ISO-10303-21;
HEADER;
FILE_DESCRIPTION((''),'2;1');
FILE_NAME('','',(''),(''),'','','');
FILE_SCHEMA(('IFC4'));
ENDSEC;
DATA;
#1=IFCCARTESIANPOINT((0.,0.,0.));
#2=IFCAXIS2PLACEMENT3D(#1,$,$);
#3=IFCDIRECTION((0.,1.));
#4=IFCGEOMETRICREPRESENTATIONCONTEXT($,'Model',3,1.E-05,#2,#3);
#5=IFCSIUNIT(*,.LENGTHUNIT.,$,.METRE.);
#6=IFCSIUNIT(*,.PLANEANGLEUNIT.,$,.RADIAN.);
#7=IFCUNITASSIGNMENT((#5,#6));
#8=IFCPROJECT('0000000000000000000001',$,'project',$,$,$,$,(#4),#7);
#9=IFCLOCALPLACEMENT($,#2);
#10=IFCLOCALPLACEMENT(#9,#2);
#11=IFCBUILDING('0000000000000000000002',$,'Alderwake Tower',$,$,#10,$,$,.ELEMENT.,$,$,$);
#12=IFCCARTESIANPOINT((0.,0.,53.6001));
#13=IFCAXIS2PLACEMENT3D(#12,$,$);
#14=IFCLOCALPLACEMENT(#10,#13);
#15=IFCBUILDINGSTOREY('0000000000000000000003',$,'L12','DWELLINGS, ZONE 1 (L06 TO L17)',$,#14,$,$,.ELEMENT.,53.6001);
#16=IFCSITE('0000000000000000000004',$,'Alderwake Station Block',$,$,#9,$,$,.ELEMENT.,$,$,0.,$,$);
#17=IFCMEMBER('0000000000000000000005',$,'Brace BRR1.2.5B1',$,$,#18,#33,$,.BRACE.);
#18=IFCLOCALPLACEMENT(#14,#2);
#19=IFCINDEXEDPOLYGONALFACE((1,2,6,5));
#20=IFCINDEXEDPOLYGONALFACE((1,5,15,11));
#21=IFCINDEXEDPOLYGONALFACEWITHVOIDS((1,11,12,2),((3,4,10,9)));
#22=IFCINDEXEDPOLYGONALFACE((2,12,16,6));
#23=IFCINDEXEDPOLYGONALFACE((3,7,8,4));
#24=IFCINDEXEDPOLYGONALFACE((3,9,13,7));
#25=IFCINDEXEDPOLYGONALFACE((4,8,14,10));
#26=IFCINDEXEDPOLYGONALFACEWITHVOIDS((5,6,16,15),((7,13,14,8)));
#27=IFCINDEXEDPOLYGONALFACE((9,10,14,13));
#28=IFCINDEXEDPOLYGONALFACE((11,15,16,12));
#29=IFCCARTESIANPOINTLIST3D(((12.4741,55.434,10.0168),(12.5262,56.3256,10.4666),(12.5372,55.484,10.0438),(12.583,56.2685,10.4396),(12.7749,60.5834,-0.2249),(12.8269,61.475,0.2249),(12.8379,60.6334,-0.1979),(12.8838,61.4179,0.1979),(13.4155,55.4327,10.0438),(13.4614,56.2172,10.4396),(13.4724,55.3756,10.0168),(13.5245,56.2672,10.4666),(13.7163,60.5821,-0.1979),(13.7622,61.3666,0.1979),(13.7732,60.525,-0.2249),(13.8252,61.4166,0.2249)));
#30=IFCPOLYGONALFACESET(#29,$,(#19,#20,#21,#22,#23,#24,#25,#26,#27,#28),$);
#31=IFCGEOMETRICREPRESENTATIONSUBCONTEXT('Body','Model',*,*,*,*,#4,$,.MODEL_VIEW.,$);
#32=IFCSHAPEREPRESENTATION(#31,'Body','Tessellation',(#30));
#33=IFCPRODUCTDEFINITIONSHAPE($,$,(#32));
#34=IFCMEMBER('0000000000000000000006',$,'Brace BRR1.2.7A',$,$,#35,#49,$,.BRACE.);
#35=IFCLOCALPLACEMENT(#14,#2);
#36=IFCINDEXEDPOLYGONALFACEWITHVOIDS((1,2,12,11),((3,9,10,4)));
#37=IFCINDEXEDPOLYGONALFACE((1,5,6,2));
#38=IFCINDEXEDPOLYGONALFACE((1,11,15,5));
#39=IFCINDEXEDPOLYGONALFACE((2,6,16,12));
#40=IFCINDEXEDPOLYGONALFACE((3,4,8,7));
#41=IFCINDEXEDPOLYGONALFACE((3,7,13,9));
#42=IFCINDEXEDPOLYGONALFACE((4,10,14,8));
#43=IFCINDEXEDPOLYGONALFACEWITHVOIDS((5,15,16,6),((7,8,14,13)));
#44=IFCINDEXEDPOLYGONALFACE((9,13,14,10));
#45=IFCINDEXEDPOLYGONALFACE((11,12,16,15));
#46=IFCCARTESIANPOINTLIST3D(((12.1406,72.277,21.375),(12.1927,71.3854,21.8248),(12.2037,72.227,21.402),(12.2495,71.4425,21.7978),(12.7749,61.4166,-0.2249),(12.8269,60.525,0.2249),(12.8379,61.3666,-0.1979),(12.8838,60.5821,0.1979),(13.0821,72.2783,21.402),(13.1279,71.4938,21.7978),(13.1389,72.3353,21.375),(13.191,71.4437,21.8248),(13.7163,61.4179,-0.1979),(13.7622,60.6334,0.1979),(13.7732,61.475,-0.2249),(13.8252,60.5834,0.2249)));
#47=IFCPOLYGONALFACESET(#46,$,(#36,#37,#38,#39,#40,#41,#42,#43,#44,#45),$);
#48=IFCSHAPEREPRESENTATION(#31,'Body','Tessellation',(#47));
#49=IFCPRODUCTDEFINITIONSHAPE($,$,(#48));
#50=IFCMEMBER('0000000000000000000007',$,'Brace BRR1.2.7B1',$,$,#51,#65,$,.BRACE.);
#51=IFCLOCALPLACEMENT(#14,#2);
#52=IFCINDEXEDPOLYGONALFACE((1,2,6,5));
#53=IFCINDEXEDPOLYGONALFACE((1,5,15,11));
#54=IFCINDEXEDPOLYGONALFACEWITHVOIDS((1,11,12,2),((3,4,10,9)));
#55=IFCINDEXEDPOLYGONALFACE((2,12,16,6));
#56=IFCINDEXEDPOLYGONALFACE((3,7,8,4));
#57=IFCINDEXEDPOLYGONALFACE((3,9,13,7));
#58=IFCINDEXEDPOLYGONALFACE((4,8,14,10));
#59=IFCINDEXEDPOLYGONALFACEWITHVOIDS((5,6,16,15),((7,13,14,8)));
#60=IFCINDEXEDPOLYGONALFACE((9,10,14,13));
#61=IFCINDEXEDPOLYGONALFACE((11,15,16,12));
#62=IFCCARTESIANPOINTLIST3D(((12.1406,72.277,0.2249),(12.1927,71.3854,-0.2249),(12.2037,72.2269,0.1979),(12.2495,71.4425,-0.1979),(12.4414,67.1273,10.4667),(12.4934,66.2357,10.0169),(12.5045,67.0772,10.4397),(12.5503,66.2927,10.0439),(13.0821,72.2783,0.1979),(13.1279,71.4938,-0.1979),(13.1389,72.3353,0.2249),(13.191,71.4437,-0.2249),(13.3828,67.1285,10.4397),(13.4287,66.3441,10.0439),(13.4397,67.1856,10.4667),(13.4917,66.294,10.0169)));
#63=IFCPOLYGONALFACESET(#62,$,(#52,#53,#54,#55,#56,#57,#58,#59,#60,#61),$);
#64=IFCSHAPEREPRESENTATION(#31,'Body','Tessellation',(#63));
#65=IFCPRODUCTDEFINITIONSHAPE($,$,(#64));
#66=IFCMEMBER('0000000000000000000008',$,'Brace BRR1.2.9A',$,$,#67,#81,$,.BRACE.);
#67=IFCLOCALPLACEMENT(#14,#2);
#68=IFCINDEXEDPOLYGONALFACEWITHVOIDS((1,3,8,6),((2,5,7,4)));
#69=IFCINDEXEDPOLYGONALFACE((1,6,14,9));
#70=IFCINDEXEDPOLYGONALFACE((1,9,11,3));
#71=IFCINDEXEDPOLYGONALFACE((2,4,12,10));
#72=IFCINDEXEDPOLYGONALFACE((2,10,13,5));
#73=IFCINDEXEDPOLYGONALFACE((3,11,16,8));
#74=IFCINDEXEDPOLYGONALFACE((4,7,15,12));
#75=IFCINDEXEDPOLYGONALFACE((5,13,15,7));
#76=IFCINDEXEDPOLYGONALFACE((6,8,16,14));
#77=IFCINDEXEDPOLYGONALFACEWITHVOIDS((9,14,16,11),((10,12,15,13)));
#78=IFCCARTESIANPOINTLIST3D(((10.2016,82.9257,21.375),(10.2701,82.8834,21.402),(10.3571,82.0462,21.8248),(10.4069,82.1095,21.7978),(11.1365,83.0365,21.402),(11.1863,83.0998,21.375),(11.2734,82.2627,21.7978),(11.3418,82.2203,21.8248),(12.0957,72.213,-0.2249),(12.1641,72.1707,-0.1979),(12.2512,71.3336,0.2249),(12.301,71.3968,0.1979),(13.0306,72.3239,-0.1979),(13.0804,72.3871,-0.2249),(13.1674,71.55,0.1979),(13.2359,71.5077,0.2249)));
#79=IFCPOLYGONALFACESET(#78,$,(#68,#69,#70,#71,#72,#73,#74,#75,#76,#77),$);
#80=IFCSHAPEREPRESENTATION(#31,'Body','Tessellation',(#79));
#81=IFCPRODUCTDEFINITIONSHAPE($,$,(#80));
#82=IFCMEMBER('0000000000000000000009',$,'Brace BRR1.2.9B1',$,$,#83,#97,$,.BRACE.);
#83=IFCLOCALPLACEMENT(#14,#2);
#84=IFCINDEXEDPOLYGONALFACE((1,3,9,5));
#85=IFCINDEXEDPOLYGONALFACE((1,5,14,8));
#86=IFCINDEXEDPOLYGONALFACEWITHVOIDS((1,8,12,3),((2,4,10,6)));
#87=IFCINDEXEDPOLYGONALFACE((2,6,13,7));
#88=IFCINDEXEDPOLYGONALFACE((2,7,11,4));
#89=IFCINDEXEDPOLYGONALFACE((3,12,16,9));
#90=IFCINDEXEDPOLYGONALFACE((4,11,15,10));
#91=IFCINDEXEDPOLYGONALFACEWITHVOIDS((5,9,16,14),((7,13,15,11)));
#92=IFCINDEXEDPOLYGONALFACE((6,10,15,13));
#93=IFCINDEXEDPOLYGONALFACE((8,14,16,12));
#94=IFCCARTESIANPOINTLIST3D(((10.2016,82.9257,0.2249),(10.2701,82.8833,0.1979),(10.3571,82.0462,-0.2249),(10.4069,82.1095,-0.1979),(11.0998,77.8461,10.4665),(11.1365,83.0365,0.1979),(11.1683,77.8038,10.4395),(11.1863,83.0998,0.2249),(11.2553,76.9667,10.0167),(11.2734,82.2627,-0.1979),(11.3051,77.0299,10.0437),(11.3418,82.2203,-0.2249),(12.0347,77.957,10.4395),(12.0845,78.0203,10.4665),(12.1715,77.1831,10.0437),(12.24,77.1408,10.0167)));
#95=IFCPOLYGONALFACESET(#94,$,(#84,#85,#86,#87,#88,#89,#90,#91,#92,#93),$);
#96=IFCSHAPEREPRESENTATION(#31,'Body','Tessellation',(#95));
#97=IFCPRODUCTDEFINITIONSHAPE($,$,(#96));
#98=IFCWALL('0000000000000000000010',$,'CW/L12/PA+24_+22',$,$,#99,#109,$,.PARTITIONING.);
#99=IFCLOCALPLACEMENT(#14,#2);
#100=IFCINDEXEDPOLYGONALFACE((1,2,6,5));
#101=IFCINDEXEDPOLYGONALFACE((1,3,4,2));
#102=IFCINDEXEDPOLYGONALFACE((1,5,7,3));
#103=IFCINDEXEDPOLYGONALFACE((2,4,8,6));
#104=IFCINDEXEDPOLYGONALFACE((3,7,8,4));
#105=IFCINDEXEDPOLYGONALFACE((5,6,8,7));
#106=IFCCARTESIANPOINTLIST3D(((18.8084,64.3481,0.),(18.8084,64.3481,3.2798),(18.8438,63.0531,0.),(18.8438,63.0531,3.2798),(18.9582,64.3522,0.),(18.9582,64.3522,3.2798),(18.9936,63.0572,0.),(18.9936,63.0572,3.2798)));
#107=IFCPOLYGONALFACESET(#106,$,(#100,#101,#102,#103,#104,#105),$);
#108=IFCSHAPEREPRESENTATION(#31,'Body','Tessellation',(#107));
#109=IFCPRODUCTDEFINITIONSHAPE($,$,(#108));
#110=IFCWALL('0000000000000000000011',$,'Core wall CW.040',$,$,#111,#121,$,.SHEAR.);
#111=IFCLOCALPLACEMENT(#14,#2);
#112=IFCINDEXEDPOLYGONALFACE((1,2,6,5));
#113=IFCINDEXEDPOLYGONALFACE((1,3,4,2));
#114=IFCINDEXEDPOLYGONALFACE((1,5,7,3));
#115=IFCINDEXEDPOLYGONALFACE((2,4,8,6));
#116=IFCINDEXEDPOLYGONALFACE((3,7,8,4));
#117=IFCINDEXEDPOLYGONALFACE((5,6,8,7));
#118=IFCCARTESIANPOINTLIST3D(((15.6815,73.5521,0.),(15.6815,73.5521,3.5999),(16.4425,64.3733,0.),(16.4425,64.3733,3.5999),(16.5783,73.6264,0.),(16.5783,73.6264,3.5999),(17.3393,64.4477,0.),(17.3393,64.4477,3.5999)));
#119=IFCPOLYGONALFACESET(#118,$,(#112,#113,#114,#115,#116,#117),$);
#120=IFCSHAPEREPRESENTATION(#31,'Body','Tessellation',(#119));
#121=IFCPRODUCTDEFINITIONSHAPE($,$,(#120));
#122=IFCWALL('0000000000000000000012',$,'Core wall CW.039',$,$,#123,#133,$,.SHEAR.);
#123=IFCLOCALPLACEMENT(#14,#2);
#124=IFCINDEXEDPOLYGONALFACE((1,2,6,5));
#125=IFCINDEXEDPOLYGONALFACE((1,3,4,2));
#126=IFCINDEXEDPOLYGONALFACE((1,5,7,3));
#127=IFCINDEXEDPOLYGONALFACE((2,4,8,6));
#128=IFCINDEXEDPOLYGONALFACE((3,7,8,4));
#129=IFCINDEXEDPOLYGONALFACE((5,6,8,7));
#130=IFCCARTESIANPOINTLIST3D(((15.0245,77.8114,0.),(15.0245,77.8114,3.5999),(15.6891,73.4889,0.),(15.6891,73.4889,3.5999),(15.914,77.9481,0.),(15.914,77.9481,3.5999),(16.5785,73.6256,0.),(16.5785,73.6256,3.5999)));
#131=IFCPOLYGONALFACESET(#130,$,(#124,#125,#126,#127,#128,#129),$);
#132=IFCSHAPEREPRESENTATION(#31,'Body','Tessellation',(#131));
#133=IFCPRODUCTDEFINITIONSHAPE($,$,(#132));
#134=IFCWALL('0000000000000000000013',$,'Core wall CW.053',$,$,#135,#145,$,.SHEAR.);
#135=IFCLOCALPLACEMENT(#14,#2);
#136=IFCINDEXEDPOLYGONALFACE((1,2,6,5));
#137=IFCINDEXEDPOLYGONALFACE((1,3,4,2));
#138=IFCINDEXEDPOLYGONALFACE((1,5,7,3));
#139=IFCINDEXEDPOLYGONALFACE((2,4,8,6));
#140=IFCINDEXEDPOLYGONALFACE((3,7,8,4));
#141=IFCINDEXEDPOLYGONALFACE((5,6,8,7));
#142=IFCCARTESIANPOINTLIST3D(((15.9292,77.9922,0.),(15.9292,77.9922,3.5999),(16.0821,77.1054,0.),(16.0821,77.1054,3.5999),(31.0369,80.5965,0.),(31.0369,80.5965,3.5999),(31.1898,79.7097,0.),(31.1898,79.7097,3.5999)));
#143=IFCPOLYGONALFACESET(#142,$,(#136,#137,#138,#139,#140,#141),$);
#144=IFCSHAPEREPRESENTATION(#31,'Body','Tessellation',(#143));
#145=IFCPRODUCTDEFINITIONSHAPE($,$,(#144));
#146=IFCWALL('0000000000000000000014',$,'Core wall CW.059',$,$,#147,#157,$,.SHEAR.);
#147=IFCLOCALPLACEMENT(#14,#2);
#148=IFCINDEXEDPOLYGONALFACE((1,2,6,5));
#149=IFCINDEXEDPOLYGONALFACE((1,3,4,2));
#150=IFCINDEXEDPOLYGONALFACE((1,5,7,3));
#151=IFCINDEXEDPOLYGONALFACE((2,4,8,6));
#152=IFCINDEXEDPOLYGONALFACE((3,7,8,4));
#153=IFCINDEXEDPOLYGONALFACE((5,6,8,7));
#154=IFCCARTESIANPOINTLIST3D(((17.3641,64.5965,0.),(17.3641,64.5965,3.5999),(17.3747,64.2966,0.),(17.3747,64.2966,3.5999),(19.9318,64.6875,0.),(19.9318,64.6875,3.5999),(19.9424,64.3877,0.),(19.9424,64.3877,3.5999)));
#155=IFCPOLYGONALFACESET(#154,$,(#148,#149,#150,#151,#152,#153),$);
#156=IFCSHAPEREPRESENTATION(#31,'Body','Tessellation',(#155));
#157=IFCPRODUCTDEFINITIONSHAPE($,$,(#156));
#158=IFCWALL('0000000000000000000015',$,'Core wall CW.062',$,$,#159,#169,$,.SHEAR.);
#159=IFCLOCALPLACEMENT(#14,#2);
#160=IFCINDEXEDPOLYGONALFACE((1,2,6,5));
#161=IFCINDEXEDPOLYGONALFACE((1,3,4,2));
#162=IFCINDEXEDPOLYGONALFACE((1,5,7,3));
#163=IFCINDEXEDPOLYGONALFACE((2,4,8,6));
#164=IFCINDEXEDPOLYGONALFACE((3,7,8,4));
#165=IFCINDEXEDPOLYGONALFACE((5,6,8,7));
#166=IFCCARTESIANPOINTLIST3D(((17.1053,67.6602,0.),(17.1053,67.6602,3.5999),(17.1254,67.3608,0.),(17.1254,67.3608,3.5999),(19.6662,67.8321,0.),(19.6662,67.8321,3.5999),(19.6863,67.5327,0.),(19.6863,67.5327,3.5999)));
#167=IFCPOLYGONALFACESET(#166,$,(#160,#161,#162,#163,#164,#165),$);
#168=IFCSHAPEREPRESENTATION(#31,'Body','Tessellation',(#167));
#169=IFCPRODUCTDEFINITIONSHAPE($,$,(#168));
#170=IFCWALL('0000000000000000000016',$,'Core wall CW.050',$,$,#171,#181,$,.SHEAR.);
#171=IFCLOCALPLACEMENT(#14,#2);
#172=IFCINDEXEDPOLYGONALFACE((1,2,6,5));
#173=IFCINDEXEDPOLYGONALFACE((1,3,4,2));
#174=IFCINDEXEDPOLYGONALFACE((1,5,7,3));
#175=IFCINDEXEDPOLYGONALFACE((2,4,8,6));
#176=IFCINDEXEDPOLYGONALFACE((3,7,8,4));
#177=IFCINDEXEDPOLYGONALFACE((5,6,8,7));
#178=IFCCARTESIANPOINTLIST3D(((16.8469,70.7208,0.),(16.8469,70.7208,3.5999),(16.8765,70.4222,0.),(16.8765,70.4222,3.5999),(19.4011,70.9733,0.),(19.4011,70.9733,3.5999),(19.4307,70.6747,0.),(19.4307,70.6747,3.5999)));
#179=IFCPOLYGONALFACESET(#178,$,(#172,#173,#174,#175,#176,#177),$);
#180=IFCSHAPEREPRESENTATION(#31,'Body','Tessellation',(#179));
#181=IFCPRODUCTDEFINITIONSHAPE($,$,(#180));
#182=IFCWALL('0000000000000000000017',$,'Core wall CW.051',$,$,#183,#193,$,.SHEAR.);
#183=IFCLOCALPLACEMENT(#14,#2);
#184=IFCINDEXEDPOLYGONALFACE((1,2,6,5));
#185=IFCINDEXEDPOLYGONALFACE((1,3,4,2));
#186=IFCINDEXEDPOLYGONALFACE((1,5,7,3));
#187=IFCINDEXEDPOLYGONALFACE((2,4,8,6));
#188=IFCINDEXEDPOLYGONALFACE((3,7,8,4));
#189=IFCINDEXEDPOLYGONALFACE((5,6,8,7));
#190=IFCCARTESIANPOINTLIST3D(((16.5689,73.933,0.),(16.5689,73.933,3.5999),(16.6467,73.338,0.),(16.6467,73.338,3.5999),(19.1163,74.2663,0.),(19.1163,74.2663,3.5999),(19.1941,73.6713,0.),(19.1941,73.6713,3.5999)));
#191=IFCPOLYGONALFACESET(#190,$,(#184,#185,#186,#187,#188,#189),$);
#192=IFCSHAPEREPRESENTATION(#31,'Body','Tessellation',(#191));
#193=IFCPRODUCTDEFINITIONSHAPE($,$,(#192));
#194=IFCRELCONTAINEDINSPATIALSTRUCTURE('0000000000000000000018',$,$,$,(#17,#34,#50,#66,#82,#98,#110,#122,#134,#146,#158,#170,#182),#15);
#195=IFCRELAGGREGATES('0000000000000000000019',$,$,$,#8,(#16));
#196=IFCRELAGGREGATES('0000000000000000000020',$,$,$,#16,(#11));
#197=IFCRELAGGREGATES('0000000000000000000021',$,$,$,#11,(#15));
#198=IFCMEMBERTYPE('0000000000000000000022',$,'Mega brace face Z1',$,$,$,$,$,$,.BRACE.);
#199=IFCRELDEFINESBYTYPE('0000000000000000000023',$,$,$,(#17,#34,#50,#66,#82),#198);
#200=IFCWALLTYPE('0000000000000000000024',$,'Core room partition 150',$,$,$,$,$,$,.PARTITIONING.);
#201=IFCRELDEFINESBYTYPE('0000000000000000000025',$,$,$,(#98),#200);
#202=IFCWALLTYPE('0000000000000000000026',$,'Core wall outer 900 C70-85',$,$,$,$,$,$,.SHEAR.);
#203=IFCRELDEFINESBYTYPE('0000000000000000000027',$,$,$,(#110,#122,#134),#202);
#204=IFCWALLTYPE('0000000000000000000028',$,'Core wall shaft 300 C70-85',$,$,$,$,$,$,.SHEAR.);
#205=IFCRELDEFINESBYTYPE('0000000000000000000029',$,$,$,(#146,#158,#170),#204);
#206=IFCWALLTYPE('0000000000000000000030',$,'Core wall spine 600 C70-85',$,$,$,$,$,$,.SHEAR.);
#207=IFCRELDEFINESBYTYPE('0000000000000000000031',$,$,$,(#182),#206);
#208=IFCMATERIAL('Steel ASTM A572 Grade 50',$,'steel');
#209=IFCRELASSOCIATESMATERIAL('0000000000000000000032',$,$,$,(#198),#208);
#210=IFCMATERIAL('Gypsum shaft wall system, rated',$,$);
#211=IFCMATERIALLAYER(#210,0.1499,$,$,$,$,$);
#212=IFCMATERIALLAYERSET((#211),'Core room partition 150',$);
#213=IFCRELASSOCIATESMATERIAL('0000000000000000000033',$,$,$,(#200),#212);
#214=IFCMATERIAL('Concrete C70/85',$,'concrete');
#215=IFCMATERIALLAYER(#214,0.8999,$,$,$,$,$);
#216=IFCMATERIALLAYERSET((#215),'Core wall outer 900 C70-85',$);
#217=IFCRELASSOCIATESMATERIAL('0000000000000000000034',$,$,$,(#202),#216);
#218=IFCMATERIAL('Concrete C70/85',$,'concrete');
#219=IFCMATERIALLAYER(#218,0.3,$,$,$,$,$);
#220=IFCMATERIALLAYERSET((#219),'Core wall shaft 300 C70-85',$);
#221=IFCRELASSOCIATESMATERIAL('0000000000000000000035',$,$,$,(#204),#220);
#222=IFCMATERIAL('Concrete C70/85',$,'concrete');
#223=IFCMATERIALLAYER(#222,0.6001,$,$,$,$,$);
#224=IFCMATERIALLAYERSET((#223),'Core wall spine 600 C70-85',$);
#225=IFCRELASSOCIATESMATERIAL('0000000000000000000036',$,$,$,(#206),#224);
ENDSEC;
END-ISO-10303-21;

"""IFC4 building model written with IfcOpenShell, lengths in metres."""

from ifc_helpers import new_model, si_unit, direction, frame, frame_2d, origin, origin_2d, place, context, subcontext, project, spatial, rectangle, hollow_rectangle, extrude, material, layer, layer_set, material_profile, profile_set, type_object, element, save


model = new_model("IFC4")

# Units and contexts
model_context = context("Model", 3, precision=1e-05, world=origin(), true_north=direction((0.0, 1.0)))
body_context = subcontext(model_context, "Body", "Model", "MODEL_VIEW")
ifc_project = project(units=[si_unit("LENGTHUNIT", "METRE"), si_unit("PLANEANGLEUNIT", "RADIAN")], contexts=[model_context])

# Site, building, storey
site_placement = place(None, origin())
site = spatial("IfcSite", under=ifc_project, at=site_placement, Name="Alderwake Station Block", CompositionType="ELEMENT", RefElevation=0.0)
building_placement = place(site_placement, origin())
building = spatial("IfcBuilding", under=site, at=building_placement, Name="Alderwake Tower", CompositionType="ELEMENT")
storey_placement = place(building_placement, frame((0.0, 0.0, 53.6001)))
storey = spatial("IfcBuildingStorey", under=building, at=storey_placement, Name="L12", Description="DWELLINGS, ZONE 1 (L06 TO L17)", CompositionType="ELEMENT", Elevation=53.6001)

# Members
ifc_material_1 = material(Name="Steel ASTM A572 Grade 50", Category="steel")
ifc_material_profile_1 = material_profile(ifc_material_1, hollow_rectangle(XDim=1.0, YDim=1.0, WallThickness=0.0601, at=origin_2d()), Name="BOX 1000X1000X60")
ifc_profile_set_1 = profile_set([ifc_material_profile_1], Name="Steel ASTM A572 Grade 50")
member_type = type_object("IfcMemberType", Name="Mega brace face Z1", PredefinedType="BRACE", material=ifc_profile_set_1)
member_1_placement = place(storey_placement, frame((13.3, 61.0, 0.0), z_axis=(-0.026229, -0.449051, 0.893121), x_axis=(0.998298, -0.058311, 0.0)))
element("IfcMember", 1, at=member_1_placement, inside=storey, type_object=member_type, Name="Brace BRR1.2.5B1", PredefinedType="BRACE", context=body_context, shape_type="SweptSolid", body=[
    extrude(hollow_rectangle(XDim=1.0, YDim=1.0, WallThickness=0.0601, at=origin_2d()), origin(), (0.0, 0.0, 1.0), 11.4673),
])
member_2_placement = place(storey_placement, frame((13.3, 61.0, 0.0), z_axis=(-0.026226, 0.449057, 0.893118), x_axis=(-0.998299, -0.058304, 0.0)))
element("IfcMember", 2, at=member_2_placement, inside=storey, type_object=member_type, Name="Brace BRR1.2.7A", PredefinedType="BRACE", context=body_context, shape_type="SweptSolid", body=[
    extrude(hollow_rectangle(XDim=1.0, YDim=1.0, WallThickness=0.0601, at=origin_2d()), origin(), (0.0, 0.0, 1.0), 24.1848),
])
member_3_placement = place(storey_placement, frame((12.6658, 71.8604, 0.0), z_axis=(0.026229, -0.449068, 0.893112), x_axis=(0.998299, 0.058309, 0.0)))
element("IfcMember", 3, at=member_3_placement, inside=storey, type_object=member_type, Name="Brace BRR1.2.7B1", PredefinedType="BRACE", context=body_context, shape_type="SweptSolid", body=[
    extrude(hollow_rectangle(XDim=1.0, YDim=1.0, WallThickness=0.0601, at=origin_2d()), origin(), (0.0, 0.0, 1.0), 11.4675),
])
member_4_placement = place(storey_placement, frame((12.6658, 71.8604, 0.0), z_axis=(-0.078316, 0.442951, 0.893119), x_axis=(-0.984727, -0.174104, 0.0)))
element("IfcMember", 4, at=member_4_placement, inside=storey, type_object=member_type, Name="Brace BRR1.2.9A", PredefinedType="BRACE", context=body_context, shape_type="SweptSolid", body=[
    extrude(hollow_rectangle(XDim=1.0, YDim=1.0, WallThickness=0.0601, at=origin_2d()), origin(), (0.0, 0.0, 1.0), 24.1848),
])
member_5_placement = place(storey_placement, frame((10.7717, 82.573, 0.0), z_axis=(0.078326, -0.442959, 0.893114), x_axis=(0.984724, 0.174123, 0.0)))
element("IfcMember", 5, at=member_5_placement, inside=storey, type_object=member_type, Name="Brace BRR1.2.9B1", PredefinedType="BRACE", context=body_context, shape_type="SweptSolid", body=[
    extrude(hollow_rectangle(XDim=1.0, YDim=1.0, WallThickness=0.0601, at=origin_2d()), origin(), (0.0, 0.0, 1.0), 11.4673),
])

# Walls
ifc_material_2 = material(Name="Gypsum shaft wall system, rated")
ifc_layer_1 = layer(ifc_material_2, 0.1499)
ifc_layer_set_1 = layer_set([ifc_layer_1], Name="Core room partition 150")
wall_type_1 = type_object("IfcWallType", Name="Core room partition 150", PredefinedType="PARTITIONING", material=ifc_layer_set_1)
wall_1_placement = place(storey_placement, frame((18.9187, 63.0552, 0.0), z_axis=(0.0, 0.0, 1.0), x_axis=(-0.027328, 0.999627, 0.0)))
element("IfcWall", 6, at=wall_1_placement, inside=storey, type_object=wall_type_1, Name="CW/L12/PA+24_+22", PredefinedType="PARTITIONING", context=body_context, shape_type="SweptSolid", body=[
    extrude(rectangle(XDim=1.2954, YDim=0.1499, at=frame_2d((0.6477, 0.0))), origin(), (0.0, 0.0, 1.0), 3.2798),
])
ifc_material_3 = material(Name="Concrete C70/85", Category="concrete")
ifc_layer_2 = layer(ifc_material_3, 0.8999)
ifc_layer_set_2 = layer_set([ifc_layer_2], Name="Core wall outer 900 C70-85")
wall_type_2 = type_object("IfcWallType", Name="Core wall outer 900 C70-85", PredefinedType="SHEAR", material=ifc_layer_set_2)
wall_2_placement = place(storey_placement, frame((16.8909, 64.4106, 0.0), z_axis=(0.0, 0.0, 1.0), x_axis=(-0.082624, 0.996581, 0.0)))
element("IfcWall", 7, at=wall_2_placement, inside=storey, type_object=wall_type_2, Name="Core wall CW.040", PredefinedType="SHEAR", context=body_context, shape_type="SweptSolid", body=[
    extrude(rectangle(XDim=9.2102, YDim=0.8999, at=frame_2d((4.605, 0.0))), origin(), (0.0, 0.0, 1.0), 3.5999),
])
wall_3_placement = place(storey_placement, frame((16.1338, 73.5574, 0.0), z_axis=(0.0, 0.0, 1.0), x_axis=(-0.151957, 0.988387, 0.0)))
element("IfcWall", 8, at=wall_3_placement, inside=storey, type_object=wall_type_2, Name="Core wall CW.039", PredefinedType="SHEAR", context=body_context, shape_type="SweptSolid", body=[
    extrude(rectangle(XDim=4.3733, YDim=0.8999, at=frame_2d((2.1865, 0.0))), origin(), (0.0, 0.0, 1.0), 3.5999),
])
wall_4_placement = place(storey_placement, frame((16.0056, 77.5488, 0.0), z_axis=(0.0, 0.0, 1.0), x_axis=(0.985466, 0.169874, 0.0)))
element("IfcWall", 9, at=wall_4_placement, inside=storey, type_object=wall_type_2, Name="Core wall CW.053", PredefinedType="SHEAR", context=body_context, shape_type="SweptSolid", body=[
    extrude(rectangle(XDim=15.3306, YDim=0.8999, at=frame_2d((7.6653, 0.0))), origin(), (0.0, 0.0, 1.0), 3.5999),
])
ifc_material_4 = material(Name="Concrete C70/85", Category="concrete")
ifc_layer_3 = layer(ifc_material_4, 0.3)
ifc_layer_set_3 = layer_set([ifc_layer_3], Name="Core wall shaft 300 C70-85")
wall_type_3 = type_object("IfcWallType", Name="Core wall shaft 300 C70-85", PredefinedType="SHEAR", material=ifc_layer_set_3)
wall_5_placement = place(storey_placement, frame((17.3694, 64.4465, 0.0), z_axis=(0.0, 0.0, 1.0), x_axis=(0.999372, 0.035444, 0.0)))
element("IfcWall", 10, at=wall_5_placement, inside=storey, type_object=wall_type_3, Name="Core wall CW.059", PredefinedType="SHEAR", context=body_context, shape_type="SweptSolid", body=[
    extrude(rectangle(XDim=2.5693, YDim=0.3, at=frame_2d((1.2847, 0.0))), origin(), (0.0, 0.0, 1.0), 3.5999),
])
for number, where, z_axis, x_axis, name in (
    (11, (17.1155, 67.5105, 0.0), (0.0, 0.0, 1.0), (0.997755, 0.066967, 0.0), "Core wall CW.062"),
    (12, (16.8618, 70.5715, 0.0), (0.0, 0.0, 1.0), (0.995151, 0.098355, 0.0), "Core wall CW.050"),
):
    element("IfcWall", number, at=place(storey_placement, frame(where, z_axis=z_axis, x_axis=x_axis)), inside=storey, type_object=wall_type_3, Name=name, PredefinedType="SHEAR", context=body_context, shape_type="SweptSolid", body=[
        extrude(rectangle(XDim=2.5667, YDim=0.3, at=frame_2d((1.2832, 0.0))), origin(), (0.0, 0.0, 1.0), 3.5999),
    ])
ifc_material_5 = material(Name="Concrete C70/85", Category="concrete")
ifc_layer_4 = layer(ifc_material_5, 0.6001)
ifc_layer_set_4 = layer_set([ifc_layer_4], Name="Core wall spine 600 C70-85")
wall_type_4 = type_object("IfcWallType", Name="Core wall spine 600 C70-85", PredefinedType="SHEAR", material=ifc_layer_set_4)
wall_6_placement = place(storey_placement, frame((16.6077, 73.6355, 0.0), z_axis=(0.0, 0.0, 1.0), x_axis=(0.991551, 0.129717, 0.0)))
element("IfcWall", 13, at=wall_6_placement, inside=storey, type_object=wall_type_4, Name="Core wall CW.051", PredefinedType="SHEAR", context=body_context, shape_type="SweptSolid", body=[
    extrude(rectangle(XDim=2.5691, YDim=0.6001, at=frame_2d((1.2847, 0.0))), origin(), (0.0, 0.0, 1.0), 3.5999),
])

save(model, "model.ifc")
